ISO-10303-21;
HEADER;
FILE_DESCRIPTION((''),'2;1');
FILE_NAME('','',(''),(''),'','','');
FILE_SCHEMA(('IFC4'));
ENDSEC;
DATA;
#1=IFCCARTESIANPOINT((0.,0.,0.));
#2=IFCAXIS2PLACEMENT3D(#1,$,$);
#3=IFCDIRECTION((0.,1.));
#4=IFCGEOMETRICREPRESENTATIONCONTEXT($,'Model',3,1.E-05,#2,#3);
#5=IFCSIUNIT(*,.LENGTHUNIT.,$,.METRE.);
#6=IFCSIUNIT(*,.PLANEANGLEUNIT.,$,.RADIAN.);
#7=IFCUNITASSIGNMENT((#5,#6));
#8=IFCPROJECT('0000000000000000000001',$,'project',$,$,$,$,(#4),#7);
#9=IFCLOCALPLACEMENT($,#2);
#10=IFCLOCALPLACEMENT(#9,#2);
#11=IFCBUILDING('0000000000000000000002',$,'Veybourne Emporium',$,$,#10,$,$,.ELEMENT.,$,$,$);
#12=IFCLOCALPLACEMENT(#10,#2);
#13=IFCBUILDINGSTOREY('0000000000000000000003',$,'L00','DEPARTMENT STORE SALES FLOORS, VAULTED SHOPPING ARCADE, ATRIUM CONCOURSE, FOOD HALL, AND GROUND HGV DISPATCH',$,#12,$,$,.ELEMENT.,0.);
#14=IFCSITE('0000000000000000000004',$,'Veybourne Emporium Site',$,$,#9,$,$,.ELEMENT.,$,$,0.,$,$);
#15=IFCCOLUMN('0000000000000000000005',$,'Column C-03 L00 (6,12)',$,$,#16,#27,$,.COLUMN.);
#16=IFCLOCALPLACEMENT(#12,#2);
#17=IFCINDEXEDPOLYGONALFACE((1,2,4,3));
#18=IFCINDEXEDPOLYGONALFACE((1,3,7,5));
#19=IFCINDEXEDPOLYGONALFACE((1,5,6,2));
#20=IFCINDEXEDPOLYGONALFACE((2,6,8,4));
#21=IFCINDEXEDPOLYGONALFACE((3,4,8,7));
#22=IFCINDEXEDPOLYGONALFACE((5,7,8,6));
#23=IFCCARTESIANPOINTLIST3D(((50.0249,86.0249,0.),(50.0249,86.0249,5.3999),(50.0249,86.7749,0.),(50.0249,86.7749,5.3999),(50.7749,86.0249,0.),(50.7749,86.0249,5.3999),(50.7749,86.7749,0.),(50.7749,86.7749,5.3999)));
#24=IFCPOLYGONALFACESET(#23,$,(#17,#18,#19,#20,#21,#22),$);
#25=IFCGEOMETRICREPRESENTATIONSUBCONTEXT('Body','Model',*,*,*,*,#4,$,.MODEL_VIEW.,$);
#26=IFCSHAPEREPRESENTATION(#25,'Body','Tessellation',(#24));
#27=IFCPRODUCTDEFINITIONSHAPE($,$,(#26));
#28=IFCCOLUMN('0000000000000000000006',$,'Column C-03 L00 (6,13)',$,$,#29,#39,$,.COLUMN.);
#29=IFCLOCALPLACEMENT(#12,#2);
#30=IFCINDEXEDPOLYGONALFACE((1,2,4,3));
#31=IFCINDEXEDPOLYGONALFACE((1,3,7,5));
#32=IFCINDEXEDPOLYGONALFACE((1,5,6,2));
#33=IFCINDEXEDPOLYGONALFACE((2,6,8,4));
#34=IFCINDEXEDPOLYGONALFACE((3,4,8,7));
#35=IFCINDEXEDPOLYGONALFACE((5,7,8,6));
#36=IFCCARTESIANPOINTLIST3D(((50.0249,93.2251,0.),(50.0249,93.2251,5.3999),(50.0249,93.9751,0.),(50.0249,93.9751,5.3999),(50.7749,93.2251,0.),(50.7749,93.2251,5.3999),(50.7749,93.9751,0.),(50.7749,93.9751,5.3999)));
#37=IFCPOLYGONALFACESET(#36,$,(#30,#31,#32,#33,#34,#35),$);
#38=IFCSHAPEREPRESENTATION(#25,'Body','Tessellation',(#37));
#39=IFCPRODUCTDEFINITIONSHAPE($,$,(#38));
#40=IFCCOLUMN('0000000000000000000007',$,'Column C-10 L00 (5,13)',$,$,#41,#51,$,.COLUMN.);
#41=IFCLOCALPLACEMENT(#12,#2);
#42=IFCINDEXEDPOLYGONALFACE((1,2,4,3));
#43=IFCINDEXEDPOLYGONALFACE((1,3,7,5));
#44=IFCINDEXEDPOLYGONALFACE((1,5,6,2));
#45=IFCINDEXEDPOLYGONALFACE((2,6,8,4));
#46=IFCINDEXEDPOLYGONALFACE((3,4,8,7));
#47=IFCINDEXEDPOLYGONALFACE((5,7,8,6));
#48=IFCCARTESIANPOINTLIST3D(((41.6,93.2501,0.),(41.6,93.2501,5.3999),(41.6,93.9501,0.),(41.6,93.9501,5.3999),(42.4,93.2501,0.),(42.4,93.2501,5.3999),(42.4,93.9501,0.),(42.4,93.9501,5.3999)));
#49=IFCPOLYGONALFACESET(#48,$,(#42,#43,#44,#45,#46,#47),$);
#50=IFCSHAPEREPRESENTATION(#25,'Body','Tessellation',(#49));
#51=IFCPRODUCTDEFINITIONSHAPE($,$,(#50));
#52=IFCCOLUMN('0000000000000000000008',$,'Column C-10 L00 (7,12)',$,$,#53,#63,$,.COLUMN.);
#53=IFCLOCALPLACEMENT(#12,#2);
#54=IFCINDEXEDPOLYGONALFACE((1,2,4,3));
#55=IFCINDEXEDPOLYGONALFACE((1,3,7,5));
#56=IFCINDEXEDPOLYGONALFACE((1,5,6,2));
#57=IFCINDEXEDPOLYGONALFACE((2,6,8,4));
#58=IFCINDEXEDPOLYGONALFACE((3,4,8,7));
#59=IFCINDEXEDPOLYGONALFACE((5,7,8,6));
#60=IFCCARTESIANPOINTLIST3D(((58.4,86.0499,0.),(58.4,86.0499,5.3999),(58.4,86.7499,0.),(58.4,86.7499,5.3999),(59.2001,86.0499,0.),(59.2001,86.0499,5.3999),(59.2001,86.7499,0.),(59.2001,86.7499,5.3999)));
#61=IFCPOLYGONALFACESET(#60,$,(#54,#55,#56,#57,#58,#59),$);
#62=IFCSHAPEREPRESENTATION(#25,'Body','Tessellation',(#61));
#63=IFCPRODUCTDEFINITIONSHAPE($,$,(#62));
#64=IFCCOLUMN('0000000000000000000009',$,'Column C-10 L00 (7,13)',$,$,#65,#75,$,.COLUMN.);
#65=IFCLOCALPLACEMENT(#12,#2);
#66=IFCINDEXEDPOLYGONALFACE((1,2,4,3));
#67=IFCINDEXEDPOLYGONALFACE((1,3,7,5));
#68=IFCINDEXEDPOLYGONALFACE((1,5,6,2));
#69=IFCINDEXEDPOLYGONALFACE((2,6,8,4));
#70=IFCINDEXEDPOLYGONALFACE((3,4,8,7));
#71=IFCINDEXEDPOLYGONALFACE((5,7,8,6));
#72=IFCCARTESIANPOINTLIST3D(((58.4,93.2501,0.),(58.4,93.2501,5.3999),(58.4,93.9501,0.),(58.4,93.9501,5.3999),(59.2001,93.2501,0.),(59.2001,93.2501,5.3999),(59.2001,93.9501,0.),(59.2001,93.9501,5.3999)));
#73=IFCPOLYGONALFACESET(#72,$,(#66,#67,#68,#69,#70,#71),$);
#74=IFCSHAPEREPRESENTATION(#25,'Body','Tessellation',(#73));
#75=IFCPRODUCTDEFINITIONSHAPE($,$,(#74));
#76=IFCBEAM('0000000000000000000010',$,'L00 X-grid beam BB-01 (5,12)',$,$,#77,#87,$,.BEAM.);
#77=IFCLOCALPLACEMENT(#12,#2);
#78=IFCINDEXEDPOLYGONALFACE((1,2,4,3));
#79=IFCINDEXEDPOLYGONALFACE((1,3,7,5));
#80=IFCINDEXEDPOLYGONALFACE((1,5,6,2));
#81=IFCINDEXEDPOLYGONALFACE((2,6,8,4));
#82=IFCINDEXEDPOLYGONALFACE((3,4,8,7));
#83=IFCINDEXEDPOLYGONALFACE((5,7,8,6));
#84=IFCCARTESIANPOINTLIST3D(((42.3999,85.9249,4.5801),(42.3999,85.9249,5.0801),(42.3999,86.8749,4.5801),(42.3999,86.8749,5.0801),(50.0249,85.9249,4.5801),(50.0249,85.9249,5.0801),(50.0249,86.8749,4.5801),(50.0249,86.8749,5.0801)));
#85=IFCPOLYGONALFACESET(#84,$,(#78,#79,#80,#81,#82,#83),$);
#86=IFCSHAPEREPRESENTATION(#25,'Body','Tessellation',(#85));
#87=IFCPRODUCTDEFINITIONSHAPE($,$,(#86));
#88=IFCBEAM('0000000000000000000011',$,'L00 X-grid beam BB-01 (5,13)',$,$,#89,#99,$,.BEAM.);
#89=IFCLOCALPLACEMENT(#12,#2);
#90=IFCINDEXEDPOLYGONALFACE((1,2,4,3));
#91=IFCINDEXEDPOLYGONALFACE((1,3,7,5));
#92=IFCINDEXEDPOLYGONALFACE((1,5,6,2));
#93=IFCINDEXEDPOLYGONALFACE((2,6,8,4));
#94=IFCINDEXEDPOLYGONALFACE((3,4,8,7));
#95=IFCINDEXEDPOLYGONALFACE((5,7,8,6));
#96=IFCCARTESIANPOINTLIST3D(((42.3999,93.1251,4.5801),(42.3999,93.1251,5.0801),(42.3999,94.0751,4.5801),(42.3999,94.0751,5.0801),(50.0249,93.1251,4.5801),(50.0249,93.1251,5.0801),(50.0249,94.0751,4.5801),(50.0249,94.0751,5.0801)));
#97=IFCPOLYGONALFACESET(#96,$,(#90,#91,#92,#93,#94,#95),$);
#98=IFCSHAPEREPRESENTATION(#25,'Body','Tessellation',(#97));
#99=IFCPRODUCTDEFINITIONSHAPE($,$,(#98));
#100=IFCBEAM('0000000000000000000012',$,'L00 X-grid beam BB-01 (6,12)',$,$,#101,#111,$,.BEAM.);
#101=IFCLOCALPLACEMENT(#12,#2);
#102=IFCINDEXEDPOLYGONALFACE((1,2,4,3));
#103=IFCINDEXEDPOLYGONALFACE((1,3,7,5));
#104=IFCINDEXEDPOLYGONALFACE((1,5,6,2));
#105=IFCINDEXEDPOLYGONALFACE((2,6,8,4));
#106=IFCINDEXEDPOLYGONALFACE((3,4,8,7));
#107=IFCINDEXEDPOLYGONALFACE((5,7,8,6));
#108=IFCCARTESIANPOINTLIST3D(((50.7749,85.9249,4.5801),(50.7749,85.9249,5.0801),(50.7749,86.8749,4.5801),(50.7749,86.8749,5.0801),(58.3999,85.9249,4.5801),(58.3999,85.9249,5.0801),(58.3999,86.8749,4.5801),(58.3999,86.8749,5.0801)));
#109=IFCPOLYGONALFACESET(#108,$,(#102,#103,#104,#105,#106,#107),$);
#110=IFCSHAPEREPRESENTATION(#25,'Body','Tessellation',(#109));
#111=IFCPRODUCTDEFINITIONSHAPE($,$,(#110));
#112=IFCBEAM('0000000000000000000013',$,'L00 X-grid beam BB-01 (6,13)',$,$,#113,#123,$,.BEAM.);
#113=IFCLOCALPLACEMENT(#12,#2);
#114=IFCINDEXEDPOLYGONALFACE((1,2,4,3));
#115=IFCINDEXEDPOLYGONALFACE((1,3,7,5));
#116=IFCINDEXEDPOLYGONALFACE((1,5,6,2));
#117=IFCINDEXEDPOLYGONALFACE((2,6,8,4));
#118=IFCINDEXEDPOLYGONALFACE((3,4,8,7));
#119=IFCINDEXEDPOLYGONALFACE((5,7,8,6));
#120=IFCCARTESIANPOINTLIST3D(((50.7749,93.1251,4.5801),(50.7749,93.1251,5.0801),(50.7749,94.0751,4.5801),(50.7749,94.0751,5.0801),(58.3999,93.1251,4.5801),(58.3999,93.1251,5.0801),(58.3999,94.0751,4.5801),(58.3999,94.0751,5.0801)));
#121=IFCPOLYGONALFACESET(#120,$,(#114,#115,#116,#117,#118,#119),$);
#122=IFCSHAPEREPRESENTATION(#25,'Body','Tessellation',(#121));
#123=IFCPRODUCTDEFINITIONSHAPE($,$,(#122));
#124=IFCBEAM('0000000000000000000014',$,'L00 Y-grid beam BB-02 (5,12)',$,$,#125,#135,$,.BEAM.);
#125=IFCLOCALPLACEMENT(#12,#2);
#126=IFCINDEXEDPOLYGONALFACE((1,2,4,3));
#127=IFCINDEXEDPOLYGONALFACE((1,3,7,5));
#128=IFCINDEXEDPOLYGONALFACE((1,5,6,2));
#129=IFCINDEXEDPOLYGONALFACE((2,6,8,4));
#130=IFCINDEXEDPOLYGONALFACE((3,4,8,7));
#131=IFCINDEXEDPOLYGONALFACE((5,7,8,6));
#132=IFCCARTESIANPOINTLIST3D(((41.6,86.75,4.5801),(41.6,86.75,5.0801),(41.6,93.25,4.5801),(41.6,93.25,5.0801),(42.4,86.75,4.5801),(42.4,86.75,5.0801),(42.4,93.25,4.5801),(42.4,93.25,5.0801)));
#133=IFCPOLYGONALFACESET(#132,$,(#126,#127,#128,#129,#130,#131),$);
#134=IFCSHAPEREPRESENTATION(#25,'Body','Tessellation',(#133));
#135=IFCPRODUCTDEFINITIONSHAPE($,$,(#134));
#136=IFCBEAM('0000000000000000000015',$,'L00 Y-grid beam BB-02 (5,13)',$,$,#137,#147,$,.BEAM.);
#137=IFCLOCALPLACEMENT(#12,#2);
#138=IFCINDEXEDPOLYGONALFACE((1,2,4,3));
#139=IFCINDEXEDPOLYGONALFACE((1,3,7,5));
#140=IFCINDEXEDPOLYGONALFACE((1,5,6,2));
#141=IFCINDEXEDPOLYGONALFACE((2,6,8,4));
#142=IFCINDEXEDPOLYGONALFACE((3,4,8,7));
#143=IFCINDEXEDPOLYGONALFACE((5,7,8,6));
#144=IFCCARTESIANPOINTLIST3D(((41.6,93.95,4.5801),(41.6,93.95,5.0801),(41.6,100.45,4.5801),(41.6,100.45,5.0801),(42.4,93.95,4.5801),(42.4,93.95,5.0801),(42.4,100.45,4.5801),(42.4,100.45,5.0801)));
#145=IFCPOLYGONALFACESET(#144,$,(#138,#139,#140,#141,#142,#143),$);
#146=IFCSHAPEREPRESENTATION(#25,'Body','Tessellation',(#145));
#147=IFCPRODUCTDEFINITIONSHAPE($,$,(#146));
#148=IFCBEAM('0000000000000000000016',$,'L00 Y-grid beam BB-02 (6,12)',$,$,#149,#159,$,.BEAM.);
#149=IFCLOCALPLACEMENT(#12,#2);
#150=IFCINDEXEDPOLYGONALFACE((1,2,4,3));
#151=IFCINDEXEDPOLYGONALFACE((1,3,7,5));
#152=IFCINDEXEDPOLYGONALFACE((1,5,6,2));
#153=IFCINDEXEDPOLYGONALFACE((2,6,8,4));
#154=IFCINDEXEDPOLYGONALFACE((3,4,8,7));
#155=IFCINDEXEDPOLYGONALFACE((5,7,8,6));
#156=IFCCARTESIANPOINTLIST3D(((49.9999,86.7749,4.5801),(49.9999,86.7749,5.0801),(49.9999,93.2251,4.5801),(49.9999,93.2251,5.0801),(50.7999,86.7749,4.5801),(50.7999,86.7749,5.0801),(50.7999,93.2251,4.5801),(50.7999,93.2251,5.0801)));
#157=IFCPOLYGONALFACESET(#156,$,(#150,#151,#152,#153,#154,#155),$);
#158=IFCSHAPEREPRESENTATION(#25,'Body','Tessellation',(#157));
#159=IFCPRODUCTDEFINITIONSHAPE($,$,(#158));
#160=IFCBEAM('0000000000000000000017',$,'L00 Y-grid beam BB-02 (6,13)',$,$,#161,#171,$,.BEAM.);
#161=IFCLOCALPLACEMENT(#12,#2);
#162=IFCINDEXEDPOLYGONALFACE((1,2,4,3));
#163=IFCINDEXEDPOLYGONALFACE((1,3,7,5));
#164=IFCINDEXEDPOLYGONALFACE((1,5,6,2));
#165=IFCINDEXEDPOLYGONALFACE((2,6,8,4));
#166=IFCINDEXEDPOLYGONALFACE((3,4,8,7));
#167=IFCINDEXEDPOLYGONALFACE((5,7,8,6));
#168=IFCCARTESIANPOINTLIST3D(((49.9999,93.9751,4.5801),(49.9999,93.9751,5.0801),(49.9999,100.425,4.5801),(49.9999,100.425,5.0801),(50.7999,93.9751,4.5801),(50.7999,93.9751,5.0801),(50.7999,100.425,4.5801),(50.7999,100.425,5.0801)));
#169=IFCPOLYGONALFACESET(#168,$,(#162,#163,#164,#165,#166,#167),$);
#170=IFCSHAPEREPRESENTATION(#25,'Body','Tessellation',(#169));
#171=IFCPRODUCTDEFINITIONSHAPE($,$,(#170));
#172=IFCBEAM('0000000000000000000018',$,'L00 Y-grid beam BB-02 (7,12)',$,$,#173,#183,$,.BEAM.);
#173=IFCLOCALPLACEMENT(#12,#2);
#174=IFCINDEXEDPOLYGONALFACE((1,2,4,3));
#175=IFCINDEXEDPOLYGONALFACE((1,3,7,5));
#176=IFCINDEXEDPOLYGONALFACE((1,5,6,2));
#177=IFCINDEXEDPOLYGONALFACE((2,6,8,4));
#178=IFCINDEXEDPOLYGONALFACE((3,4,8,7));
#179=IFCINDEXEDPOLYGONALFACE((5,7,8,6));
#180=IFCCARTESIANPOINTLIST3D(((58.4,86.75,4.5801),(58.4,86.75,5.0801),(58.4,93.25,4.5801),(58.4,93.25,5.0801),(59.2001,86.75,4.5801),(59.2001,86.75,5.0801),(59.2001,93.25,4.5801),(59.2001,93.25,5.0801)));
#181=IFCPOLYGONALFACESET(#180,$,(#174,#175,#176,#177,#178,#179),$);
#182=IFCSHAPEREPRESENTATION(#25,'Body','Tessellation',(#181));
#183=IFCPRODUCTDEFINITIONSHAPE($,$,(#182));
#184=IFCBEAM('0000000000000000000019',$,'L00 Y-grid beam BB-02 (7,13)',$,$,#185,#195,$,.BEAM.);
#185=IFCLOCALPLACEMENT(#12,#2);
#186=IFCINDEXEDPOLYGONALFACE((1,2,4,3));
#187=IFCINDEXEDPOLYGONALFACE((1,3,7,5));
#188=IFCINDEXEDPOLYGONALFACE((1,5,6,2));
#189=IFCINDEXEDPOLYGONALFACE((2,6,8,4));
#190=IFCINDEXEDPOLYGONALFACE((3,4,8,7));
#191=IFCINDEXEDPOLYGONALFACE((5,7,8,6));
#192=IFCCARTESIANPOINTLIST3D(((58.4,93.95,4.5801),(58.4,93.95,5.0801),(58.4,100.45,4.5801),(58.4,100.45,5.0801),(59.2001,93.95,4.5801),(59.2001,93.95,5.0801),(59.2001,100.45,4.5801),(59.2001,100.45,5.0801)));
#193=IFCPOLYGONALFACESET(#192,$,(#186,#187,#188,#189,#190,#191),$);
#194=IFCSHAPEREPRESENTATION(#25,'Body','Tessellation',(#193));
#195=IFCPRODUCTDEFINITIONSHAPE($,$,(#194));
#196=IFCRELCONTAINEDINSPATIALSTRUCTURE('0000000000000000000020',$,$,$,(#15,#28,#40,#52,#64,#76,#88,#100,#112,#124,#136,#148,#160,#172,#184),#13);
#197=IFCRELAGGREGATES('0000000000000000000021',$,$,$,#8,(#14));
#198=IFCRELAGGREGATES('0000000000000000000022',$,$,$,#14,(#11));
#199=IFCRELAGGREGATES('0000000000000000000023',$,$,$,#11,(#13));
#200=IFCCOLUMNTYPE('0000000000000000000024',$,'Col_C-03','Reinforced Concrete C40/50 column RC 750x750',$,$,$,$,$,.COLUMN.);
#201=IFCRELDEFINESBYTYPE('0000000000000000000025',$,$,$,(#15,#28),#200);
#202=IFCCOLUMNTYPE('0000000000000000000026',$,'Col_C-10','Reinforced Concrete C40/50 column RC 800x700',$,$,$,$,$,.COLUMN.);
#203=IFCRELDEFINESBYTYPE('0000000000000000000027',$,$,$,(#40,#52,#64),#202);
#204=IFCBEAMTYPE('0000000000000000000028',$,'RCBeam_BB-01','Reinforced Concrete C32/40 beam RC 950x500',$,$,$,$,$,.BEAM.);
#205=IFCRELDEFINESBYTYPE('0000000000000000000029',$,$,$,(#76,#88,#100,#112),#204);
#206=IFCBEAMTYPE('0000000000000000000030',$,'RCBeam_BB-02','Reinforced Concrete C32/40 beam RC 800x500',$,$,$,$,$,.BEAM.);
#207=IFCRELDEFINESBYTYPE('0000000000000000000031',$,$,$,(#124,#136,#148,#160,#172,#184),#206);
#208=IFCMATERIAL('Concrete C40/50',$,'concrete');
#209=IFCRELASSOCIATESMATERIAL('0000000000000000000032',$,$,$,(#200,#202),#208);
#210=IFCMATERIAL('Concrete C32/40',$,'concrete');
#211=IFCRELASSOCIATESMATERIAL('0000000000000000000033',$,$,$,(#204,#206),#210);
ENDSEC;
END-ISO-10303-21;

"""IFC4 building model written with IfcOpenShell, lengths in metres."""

from ifc_helpers import new_model, si_unit, direction, frame, origin, origin_2d, place, context, subcontext, project, spatial, rectangle, extrude, material, material_profile, profile_set, type_object, element, save


model = new_model("IFC4")

# Units and contexts
model_context = context("Model", 3, precision=1e-05, world=origin(), true_north=direction((0.0, 1.0)))
body_context = subcontext(model_context, "Body", "Model", "MODEL_VIEW")
ifc_project = project(units=[si_unit("LENGTHUNIT", "METRE"), si_unit("PLANEANGLEUNIT", "RADIAN")], contexts=[model_context])

# Site, building, storey
site_placement = place(None, origin())
site = spatial("IfcSite", under=ifc_project, at=site_placement, Name="Veybourne Emporium Site", CompositionType="ELEMENT", RefElevation=0.0)
building_placement = place(site_placement, origin())
building = spatial("IfcBuilding", under=site, at=building_placement, Name="Veybourne Emporium", CompositionType="ELEMENT")
storey_placement = place(building_placement, origin())
storey = spatial("IfcBuildingStorey", under=building, at=storey_placement, Name="L00", Description="DEPARTMENT STORE SALES FLOORS, VAULTED SHOPPING ARCADE, ATRIUM CONCOURSE, FOOD HALL, AND GROUND HGV DISPATCH", CompositionType="ELEMENT", Elevation=0.0)

# Columns
ifc_material_1 = material(Name="Concrete C40/50", Category="concrete")
ifc_material_profile_1 = material_profile(ifc_material_1, rectangle(XDim=0.75, YDim=0.75, at=origin_2d()), Name="RC 750x750")
ifc_profile_set_1 = profile_set([ifc_material_profile_1], Name="Concrete C40/50")
column_type_1 = type_object("IfcColumnType", Name="Col_C-03", Description="Reinforced Concrete C40/50 column RC 750x750", PredefinedType="COLUMN", material=ifc_profile_set_1)
for number, where, z_axis, x_axis, name in (
    (1, (50.3999, 86.3999, 0.0), (0.0, 0.0, 1.0), (1.0, 0.0, 0.0), "Column C-03 L00 (6,12)"),
    (2, (50.3999, 93.6001, 0.0), (0.0, 0.0, 1.0), (1.0, 0.0, 0.0), "Column C-03 L00 (6,13)"),
):
    element("IfcColumn", number, at=place(storey_placement, frame(where, z_axis=z_axis, x_axis=x_axis)), inside=storey, type_object=column_type_1, Name=name, PredefinedType="COLUMN", context=body_context, shape_type="SweptSolid", body=[
        extrude(rectangle(XDim=0.75, YDim=0.75, at=origin_2d()), origin(), (0.0, 0.0, 1.0), 5.3999),
    ])
ifc_material_profile_2 = material_profile(ifc_material_1, rectangle(XDim=0.8, YDim=0.7, at=origin_2d()), Name="RC 800x700")
ifc_profile_set_2 = profile_set([ifc_material_profile_2], Name="Concrete C40/50")
column_type_2 = type_object("IfcColumnType", Name="Col_C-10", Description="Reinforced Concrete C40/50 column RC 800x700", PredefinedType="COLUMN", material=ifc_profile_set_2)
for number, where, z_axis, x_axis, name in (
    (3, (42.0, 93.6001, 0.0), (0.0, 0.0, 1.0), (1.0, 0.0, 0.0), "Column C-10 L00 (5,13)"),
    (4, (58.8, 86.3999, 0.0), (0.0, 0.0, 1.0), (1.0, 0.0, 0.0), "Column C-10 L00 (7,12)"),
    (5, (58.8, 93.6001, 0.0), (0.0, 0.0, 1.0), (1.0, 0.0, 0.0), "Column C-10 L00 (7,13)"),
):
    element("IfcColumn", number, at=place(storey_placement, frame(where, z_axis=z_axis, x_axis=x_axis)), inside=storey, type_object=column_type_2, Name=name, PredefinedType="COLUMN", context=body_context, shape_type="SweptSolid", body=[
        extrude(rectangle(XDim=0.8, YDim=0.7, at=origin_2d()), origin(), (0.0, 0.0, 1.0), 5.3999),
    ])

# Beams
ifc_material_2 = material(Name="Concrete C32/40", Category="concrete")
ifc_material_profile_3 = material_profile(ifc_material_2, rectangle(XDim=0.95, YDim=0.5, at=origin_2d()), Name="RC 950x500")
ifc_profile_set_3 = profile_set([ifc_material_profile_3], Name="Concrete C32/40")
beam_type_1 = type_object("IfcBeamType", Name="RCBeam_BB-01", Description="Reinforced Concrete C32/40 beam RC 950x500", PredefinedType="BEAM", material=ifc_profile_set_3)
for number, where, z_axis, x_axis, name in (
    (6, (42.3999, 86.3999, 4.8301), (1.0, 0.0, 0.0), (0.0, 1.0, 0.0), "L00 X-grid beam BB-01 (5,12)"),
    (7, (42.3999, 93.6001, 4.8301), (1.0, 0.0, 0.0), (0.0, 1.0, 0.0), "L00 X-grid beam BB-01 (5,13)"),
    (8, (50.7749, 86.3999, 4.8301), (1.0, 0.0, 0.0), (0.0, 1.0, 0.0), "L00 X-grid beam BB-01 (6,12)"),
    (9, (50.7749, 93.6001, 4.8301), (1.0, 0.0, 0.0), (0.0, 1.0, 0.0), "L00 X-grid beam BB-01 (6,13)"),
):
    element("IfcBeam", number, at=place(storey_placement, frame(where, z_axis=z_axis, x_axis=x_axis)), inside=storey, type_object=beam_type_1, Name=name, PredefinedType="BEAM", context=body_context, shape_type="SweptSolid", body=[
        extrude(rectangle(XDim=0.95, YDim=0.5, at=origin_2d()), origin(), (0.0, 0.0, 1.0), 7.625),
    ])
ifc_material_profile_4 = material_profile(ifc_material_2, rectangle(XDim=0.8, YDim=0.5, at=origin_2d()), Name="RC 800x500")
ifc_profile_set_4 = profile_set([ifc_material_profile_4], Name="Concrete C32/40")
beam_type_2 = type_object("IfcBeamType", Name="RCBeam_BB-02", Description="Reinforced Concrete C32/40 beam RC 800x500", PredefinedType="BEAM", material=ifc_profile_set_4)
for number, where, z_axis, x_axis, name in (
    (10, (42.0, 86.75, 4.8301), (0.0, 1.0, 0.0), (-1.0, 0.0, 0.0), "L00 Y-grid beam BB-02 (5,12)"),
    (11, (42.0, 93.95, 4.8301), (0.0, 1.0, 0.0), (-1.0, 0.0, 0.0), "L00 Y-grid beam BB-02 (5,13)"),
):
    element("IfcBeam", number, at=place(storey_placement, frame(where, z_axis=z_axis, x_axis=x_axis)), inside=storey, type_object=beam_type_2, Name=name, PredefinedType="BEAM", context=body_context, shape_type="SweptSolid", body=[
        extrude(rectangle(XDim=0.8, YDim=0.5, at=origin_2d()), origin(), (0.0, 0.0, 1.0), 6.5),
    ])
beam_1_placement = place(storey_placement, frame((50.3999, 86.7749, 4.8301), z_axis=(0.0, 1.0, 0.0), x_axis=(-1.0, 0.0, 0.0)))
element("IfcBeam", 12, at=beam_1_placement, inside=storey, type_object=beam_type_2, Name="L00 Y-grid beam BB-02 (6,12)", PredefinedType="BEAM", context=body_context, shape_type="SweptSolid", body=[
    extrude(rectangle(XDim=0.8, YDim=0.5, at=origin_2d()), origin(), (0.0, 0.0, 1.0), 6.4502),
])
beam_2_placement = place(storey_placement, frame((50.3999, 93.9751, 4.8301), z_axis=(0.0, 1.0, 0.0), x_axis=(-1.0, 0.0, 0.0)))
element("IfcBeam", 13, at=beam_2_placement, inside=storey, type_object=beam_type_2, Name="L00 Y-grid beam BB-02 (6,13)", PredefinedType="BEAM", context=body_context, shape_type="SweptSolid", body=[
    extrude(rectangle(XDim=0.8, YDim=0.5, at=origin_2d()), origin(), (0.0, 0.0, 1.0), 6.45),
])
for number, where, z_axis, x_axis, name in (
    (14, (58.8, 86.75, 4.8301), (0.0, 1.0, 0.0), (-1.0, 0.0, 0.0), "L00 Y-grid beam BB-02 (7,12)"),
    (15, (58.8, 93.95, 4.8301), (0.0, 1.0, 0.0), (-1.0, 0.0, 0.0), "L00 Y-grid beam BB-02 (7,13)"),
):
    element("IfcBeam", number, at=place(storey_placement, frame(where, z_axis=z_axis, x_axis=x_axis)), inside=storey, type_object=beam_type_2, Name=name, PredefinedType="BEAM", context=body_context, shape_type="SweptSolid", body=[
        extrude(rectangle(XDim=0.8, YDim=0.5, at=origin_2d()), origin(), (0.0, 0.0, 1.0), 6.5),
    ])

save(model, "model.ifc")
